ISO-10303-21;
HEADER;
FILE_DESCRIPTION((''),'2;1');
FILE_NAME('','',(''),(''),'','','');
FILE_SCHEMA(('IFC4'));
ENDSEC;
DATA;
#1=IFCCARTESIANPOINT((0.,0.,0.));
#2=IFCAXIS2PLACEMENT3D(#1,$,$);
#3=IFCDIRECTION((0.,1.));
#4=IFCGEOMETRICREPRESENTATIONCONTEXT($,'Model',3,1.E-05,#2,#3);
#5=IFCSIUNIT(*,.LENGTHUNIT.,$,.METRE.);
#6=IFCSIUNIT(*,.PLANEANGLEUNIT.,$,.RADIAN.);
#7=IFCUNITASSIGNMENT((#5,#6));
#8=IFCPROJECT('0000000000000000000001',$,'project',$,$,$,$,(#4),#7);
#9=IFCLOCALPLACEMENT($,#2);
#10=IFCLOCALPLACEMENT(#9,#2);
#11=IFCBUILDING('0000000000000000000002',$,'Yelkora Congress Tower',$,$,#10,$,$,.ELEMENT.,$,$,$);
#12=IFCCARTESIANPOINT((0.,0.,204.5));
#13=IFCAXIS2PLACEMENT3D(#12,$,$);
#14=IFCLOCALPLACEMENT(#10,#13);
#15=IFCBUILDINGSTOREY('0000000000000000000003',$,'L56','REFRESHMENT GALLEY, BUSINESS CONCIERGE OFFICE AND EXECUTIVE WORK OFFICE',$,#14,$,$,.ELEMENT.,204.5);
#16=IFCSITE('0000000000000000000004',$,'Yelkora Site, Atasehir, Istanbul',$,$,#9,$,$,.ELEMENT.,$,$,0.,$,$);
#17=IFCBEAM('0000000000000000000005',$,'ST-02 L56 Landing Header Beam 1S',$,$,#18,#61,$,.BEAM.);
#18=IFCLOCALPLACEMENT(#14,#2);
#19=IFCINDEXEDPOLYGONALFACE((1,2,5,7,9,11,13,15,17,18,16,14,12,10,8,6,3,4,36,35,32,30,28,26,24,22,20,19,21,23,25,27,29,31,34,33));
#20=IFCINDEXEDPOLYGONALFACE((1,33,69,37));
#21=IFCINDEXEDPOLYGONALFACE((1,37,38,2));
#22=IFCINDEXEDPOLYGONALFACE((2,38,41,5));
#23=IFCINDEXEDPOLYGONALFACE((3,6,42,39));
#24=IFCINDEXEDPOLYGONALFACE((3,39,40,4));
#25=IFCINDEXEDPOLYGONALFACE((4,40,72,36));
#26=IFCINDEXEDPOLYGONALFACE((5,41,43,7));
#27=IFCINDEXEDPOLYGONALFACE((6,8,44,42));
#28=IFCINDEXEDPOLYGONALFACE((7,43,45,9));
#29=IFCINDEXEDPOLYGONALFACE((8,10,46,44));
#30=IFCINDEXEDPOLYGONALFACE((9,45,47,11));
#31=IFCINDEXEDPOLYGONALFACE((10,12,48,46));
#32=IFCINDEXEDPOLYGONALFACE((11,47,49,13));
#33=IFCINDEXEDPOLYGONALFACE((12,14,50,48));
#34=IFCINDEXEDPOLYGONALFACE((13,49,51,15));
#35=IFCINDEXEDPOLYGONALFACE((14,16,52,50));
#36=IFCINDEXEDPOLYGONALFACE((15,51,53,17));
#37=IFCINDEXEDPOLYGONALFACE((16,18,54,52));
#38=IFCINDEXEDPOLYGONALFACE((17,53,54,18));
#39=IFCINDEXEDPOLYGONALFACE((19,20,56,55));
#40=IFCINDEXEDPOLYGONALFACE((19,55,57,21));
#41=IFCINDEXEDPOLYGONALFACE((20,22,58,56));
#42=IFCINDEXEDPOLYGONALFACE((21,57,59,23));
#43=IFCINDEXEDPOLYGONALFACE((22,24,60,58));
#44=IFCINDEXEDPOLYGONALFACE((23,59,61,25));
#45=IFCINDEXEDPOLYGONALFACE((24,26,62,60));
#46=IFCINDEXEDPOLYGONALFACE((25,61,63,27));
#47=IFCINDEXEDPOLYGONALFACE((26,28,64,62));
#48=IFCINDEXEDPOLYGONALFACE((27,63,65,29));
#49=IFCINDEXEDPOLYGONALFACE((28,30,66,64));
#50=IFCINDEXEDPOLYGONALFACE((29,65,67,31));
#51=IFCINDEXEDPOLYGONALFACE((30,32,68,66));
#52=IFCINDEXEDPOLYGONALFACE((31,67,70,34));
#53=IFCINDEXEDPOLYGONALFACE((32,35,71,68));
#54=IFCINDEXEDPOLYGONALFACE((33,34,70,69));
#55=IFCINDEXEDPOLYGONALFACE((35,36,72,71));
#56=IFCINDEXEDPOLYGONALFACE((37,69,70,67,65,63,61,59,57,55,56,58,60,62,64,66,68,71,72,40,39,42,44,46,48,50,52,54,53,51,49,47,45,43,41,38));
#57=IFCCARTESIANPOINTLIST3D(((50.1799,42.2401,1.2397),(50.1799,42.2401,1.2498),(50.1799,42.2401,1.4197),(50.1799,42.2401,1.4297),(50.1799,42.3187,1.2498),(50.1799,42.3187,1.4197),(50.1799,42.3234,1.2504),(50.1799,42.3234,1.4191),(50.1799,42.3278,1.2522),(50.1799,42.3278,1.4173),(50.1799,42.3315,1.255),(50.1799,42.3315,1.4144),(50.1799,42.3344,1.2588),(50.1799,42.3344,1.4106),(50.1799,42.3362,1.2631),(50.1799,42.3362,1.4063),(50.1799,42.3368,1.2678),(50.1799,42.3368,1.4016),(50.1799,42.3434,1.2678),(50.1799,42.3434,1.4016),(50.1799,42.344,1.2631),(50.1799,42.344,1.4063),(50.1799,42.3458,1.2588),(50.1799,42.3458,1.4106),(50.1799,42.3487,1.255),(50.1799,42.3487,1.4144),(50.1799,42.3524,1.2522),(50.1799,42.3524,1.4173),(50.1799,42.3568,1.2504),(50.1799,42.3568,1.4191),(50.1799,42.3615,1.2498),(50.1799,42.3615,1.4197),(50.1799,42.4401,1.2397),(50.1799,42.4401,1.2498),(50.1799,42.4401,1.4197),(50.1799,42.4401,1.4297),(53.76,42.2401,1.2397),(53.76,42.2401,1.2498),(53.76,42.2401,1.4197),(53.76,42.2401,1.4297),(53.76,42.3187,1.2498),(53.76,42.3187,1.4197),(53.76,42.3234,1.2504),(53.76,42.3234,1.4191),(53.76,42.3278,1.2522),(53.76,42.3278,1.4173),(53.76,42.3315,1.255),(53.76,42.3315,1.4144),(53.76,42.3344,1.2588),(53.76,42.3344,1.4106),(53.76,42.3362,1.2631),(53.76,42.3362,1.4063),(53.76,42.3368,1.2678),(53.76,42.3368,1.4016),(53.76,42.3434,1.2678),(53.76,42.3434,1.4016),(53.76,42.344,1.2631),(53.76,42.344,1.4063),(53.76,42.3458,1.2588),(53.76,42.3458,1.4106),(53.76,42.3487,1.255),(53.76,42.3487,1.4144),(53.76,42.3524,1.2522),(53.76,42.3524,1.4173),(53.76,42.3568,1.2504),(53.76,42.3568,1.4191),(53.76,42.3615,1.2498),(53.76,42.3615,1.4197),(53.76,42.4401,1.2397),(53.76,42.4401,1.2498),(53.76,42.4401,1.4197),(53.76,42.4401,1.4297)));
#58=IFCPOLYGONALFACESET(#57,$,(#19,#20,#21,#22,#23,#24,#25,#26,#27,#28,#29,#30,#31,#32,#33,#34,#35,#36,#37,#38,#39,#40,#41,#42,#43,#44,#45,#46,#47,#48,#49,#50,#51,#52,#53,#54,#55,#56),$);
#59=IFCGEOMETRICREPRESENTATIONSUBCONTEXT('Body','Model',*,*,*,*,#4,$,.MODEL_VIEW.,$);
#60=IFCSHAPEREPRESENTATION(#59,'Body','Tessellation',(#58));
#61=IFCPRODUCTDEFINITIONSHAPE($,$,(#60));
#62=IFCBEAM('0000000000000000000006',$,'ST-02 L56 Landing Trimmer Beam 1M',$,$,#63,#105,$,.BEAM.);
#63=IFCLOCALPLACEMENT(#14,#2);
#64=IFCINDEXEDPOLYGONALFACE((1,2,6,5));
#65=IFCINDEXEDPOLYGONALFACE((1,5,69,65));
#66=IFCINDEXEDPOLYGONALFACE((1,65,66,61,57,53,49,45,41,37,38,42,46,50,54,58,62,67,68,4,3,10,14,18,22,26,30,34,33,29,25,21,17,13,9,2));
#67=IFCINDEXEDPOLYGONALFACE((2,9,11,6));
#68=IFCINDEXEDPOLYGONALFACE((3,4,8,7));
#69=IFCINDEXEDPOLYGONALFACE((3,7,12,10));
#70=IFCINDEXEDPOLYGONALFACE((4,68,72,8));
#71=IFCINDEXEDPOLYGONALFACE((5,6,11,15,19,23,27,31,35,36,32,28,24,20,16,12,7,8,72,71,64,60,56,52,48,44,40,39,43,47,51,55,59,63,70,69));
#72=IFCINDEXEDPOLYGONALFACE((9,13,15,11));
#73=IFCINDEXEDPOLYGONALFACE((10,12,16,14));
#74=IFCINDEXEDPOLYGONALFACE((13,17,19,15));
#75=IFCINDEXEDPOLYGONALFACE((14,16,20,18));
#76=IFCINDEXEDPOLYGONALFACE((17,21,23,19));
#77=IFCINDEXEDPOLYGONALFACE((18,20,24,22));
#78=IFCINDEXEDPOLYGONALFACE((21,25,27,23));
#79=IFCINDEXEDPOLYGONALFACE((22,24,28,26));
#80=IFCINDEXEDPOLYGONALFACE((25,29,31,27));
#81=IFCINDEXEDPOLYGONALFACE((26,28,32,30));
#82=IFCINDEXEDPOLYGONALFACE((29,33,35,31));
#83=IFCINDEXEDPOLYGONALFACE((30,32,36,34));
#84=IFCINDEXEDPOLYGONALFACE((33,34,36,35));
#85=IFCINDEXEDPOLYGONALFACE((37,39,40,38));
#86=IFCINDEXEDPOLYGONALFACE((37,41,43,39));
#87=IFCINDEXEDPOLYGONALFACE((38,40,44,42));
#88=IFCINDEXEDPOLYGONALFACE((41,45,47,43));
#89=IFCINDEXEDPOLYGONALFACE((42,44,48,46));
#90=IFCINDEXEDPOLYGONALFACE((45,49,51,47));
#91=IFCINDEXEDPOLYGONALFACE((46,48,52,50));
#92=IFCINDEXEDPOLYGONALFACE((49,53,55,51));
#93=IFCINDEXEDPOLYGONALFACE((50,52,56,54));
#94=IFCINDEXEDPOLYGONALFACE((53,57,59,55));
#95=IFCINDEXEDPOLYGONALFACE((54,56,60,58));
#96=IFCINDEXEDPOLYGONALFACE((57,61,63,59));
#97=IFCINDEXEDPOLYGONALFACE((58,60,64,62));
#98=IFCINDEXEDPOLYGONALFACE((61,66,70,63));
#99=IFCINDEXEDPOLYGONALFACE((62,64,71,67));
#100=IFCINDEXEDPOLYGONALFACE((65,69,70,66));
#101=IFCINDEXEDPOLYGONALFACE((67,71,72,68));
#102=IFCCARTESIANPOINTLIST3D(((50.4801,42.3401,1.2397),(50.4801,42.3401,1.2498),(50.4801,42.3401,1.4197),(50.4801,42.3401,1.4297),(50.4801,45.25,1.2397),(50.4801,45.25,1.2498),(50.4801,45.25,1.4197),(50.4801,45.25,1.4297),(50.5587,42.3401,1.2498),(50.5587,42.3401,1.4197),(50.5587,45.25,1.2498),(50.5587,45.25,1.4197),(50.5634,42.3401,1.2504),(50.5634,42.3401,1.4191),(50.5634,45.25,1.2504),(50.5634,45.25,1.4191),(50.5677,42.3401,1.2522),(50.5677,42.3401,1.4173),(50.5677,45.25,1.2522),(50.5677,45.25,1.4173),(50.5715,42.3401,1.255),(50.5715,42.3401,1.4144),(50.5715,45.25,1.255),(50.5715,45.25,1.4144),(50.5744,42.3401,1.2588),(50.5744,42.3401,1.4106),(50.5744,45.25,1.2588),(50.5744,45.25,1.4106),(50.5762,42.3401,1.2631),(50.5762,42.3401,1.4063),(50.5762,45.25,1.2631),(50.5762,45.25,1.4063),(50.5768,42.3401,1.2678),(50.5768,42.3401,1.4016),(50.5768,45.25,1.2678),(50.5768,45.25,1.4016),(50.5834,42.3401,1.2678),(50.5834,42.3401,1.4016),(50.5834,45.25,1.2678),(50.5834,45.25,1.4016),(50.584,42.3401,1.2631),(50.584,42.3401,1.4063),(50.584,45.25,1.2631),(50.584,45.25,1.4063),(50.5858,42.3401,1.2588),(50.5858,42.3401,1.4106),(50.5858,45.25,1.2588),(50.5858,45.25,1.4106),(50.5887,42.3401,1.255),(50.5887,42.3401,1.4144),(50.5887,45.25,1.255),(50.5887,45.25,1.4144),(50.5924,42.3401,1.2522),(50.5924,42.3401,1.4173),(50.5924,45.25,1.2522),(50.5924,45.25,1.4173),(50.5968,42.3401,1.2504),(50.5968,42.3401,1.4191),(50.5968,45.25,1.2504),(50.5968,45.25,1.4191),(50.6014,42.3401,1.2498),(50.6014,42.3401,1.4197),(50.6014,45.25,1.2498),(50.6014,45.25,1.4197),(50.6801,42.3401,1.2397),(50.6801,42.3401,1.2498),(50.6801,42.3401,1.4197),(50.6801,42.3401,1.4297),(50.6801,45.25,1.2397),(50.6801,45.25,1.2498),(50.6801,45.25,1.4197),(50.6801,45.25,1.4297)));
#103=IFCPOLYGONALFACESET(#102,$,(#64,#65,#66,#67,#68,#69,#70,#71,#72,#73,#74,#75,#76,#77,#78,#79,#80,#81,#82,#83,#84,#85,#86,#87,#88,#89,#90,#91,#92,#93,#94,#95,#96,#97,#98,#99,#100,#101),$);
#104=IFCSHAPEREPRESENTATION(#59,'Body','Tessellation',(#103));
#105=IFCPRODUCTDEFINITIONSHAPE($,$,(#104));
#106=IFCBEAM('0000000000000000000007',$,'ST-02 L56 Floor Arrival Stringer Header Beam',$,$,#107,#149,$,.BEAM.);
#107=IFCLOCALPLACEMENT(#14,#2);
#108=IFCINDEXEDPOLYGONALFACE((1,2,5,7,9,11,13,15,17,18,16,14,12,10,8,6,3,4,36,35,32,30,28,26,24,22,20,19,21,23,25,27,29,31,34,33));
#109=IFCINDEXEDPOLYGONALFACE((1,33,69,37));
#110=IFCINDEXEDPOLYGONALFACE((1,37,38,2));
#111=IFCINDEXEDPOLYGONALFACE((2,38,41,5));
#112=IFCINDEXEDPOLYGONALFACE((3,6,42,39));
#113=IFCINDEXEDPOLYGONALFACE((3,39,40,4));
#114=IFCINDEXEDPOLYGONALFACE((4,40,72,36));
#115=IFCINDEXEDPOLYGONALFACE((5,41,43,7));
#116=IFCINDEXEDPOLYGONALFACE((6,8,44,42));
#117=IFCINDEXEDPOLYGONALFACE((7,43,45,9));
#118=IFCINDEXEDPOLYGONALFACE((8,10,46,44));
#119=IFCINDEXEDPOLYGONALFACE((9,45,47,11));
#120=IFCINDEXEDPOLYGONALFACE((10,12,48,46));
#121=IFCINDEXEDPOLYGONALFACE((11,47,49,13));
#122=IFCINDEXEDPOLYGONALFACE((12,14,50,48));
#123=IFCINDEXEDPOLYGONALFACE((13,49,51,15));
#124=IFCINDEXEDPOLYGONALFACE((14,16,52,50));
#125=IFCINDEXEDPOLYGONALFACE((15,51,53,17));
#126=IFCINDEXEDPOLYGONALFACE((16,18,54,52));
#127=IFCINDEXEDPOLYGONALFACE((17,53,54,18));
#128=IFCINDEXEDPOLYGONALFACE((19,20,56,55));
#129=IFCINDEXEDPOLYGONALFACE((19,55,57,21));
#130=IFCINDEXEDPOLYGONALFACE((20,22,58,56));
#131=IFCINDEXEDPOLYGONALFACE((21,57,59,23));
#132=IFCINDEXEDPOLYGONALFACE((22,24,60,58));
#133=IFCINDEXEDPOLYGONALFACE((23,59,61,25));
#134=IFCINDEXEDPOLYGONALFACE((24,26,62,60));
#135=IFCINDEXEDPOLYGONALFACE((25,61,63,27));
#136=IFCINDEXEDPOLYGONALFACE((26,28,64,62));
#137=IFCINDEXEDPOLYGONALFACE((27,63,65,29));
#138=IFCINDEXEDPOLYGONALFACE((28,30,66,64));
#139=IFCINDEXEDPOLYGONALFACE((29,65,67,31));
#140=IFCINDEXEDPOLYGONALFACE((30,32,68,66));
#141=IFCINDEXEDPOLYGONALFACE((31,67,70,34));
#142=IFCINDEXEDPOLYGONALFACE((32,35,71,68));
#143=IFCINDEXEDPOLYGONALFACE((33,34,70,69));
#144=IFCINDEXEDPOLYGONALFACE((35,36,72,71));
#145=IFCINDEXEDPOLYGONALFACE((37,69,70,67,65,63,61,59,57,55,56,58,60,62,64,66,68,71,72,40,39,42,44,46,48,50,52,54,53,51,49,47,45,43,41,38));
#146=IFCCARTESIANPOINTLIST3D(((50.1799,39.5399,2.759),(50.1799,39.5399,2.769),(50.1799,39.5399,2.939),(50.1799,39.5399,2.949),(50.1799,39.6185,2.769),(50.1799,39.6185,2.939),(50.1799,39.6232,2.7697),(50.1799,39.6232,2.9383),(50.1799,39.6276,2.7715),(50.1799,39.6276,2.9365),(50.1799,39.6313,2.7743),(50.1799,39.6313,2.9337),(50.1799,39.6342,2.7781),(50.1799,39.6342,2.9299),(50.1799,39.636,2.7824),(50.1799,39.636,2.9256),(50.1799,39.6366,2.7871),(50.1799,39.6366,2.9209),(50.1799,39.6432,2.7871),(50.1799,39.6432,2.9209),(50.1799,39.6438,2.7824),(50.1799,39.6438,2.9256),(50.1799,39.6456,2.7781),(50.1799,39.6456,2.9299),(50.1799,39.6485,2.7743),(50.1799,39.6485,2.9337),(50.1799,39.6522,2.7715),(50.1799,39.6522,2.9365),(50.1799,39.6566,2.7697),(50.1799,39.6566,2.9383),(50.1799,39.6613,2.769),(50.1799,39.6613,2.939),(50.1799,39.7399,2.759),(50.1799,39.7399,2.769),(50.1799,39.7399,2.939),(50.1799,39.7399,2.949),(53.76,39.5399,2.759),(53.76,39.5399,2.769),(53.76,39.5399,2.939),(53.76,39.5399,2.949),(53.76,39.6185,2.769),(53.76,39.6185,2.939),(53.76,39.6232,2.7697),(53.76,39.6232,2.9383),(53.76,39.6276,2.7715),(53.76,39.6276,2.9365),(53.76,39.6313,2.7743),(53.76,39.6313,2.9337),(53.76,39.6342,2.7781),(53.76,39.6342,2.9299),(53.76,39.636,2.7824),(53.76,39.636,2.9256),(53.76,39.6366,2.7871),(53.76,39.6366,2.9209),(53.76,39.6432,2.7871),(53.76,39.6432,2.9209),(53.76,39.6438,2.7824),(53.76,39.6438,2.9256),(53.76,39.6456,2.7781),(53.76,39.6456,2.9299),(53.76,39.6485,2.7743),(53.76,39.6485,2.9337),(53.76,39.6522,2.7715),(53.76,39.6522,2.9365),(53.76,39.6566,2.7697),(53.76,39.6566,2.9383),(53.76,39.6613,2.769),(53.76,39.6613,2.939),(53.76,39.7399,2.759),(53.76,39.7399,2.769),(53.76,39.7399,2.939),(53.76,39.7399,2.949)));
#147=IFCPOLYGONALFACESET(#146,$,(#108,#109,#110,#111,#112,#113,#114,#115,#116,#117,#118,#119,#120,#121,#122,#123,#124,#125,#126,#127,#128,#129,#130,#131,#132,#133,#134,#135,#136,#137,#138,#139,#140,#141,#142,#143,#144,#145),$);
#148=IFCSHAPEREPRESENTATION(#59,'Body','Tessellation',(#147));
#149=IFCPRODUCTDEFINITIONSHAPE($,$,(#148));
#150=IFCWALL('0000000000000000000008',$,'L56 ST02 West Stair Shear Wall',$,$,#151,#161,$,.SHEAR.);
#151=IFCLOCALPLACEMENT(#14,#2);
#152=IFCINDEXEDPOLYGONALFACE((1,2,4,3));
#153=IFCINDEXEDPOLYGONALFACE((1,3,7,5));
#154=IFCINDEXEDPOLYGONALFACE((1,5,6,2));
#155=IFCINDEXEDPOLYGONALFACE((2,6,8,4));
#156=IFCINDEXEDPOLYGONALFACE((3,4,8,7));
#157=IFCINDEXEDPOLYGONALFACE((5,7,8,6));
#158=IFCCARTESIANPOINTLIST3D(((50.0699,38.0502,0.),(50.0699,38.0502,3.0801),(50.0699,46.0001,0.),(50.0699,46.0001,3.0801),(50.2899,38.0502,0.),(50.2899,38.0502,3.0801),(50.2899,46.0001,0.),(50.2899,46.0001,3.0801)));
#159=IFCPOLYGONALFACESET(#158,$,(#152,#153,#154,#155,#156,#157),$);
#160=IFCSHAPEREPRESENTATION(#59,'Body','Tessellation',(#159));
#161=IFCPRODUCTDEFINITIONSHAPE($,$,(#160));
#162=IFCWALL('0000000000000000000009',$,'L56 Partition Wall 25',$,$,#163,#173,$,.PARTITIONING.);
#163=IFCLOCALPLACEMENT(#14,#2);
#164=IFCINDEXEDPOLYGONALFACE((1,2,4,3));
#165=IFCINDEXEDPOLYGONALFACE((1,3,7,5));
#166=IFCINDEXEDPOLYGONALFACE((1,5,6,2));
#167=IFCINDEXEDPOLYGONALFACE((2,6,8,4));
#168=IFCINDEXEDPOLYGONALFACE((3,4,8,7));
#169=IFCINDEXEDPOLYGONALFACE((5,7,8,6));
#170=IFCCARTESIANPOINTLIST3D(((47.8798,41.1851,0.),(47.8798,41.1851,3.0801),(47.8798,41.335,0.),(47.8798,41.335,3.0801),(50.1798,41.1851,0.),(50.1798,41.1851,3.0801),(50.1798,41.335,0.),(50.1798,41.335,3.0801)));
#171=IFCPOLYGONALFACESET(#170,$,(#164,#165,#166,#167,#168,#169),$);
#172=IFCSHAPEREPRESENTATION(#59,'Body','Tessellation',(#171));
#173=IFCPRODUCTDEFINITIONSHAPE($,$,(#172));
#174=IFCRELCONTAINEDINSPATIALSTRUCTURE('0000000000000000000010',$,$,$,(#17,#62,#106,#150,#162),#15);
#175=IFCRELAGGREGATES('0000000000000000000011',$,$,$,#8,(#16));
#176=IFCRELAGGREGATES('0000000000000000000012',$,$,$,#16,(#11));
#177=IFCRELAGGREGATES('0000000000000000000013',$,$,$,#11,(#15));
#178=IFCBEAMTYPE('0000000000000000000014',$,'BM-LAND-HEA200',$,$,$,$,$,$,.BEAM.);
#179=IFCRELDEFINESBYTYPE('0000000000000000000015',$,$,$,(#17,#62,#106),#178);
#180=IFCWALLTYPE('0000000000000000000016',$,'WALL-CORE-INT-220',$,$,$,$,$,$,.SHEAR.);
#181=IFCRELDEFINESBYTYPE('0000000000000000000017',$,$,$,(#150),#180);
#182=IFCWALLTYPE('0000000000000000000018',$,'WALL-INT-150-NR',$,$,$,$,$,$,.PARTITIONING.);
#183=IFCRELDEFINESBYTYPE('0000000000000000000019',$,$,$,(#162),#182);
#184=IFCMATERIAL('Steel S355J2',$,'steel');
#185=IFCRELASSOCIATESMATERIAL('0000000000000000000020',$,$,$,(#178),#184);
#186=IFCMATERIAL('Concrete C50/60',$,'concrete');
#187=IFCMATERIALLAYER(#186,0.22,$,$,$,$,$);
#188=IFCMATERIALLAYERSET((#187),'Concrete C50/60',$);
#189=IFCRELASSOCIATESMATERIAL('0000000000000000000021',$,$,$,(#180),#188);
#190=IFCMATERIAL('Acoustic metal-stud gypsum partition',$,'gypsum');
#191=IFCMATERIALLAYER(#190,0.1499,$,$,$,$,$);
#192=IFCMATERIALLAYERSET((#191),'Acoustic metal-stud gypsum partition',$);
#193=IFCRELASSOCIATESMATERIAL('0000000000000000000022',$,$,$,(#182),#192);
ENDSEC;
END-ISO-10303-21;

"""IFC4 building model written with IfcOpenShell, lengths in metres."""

from ifc_helpers import new_model, si_unit, direction, frame, frame_2d, origin, origin_2d, place, context, subcontext, project, spatial, rectangle, i_section, extrude, material, layer, layer_set, material_profile, profile_set, type_object, element, save


model = new_model("IFC4")

# Units and contexts
model_context = context("Model", 3, precision=1e-05, world=origin(), true_north=direction((0.0, 1.0)))
body_context = subcontext(model_context, "Body", "Model", "MODEL_VIEW")
ifc_project = project(units=[si_unit("LENGTHUNIT", "METRE"), si_unit("PLANEANGLEUNIT", "RADIAN")], contexts=[model_context])

# Site, building, storey
site_placement = place(None, origin())
site = spatial("IfcSite", under=ifc_project, at=site_placement, Name="Yelkora Site, Atasehir, Istanbul", CompositionType="ELEMENT", RefElevation=0.0)
building_placement = place(site_placement, origin())
building = spatial("IfcBuilding", under=site, at=building_placement, Name="Yelkora Congress Tower", CompositionType="ELEMENT")
storey_placement = place(building_placement, frame((0.0, 0.0, 204.5)))
storey = spatial("IfcBuildingStorey", under=building, at=storey_placement, Name="L56", Description="REFRESHMENT GALLEY, BUSINESS CONCIERGE OFFICE AND EXECUTIVE WORK OFFICE", CompositionType="ELEMENT", Elevation=204.5)

# Beams
ifc_material_1 = material(Name="Steel S355J2", Category="steel")
ifc_material_profile = material_profile(ifc_material_1, i_section(OverallWidth=0.2, OverallDepth=0.1899, WebThickness=0.0066, FlangeThickness=0.01, FilletRadius=0.0181, at=origin_2d()), Name="HEA 200")
ifc_profile_set = profile_set([ifc_material_profile], Name="Steel S355J2")
beam_type = type_object("IfcBeamType", Name="BM-LAND-HEA200", PredefinedType="BEAM", material=ifc_profile_set)
beam_1_placement = place(storey_placement, frame((50.1799, 42.3401, 1.3347), z_axis=(1.0, 0.0, 0.0), x_axis=(0.0, 1.0, 0.0)))
element("IfcBeam", 1, at=beam_1_placement, inside=storey, type_object=beam_type, Name="ST-02 L56 Landing Header Beam 1S", PredefinedType="BEAM", context=body_context, shape_type="SweptSolid", body=[
    extrude(i_section(OverallWidth=0.2, OverallDepth=0.1899, WebThickness=0.0066, FlangeThickness=0.01, FilletRadius=0.0181, at=origin_2d()), origin(), (0.0, 0.0, 1.0), 3.5801),
])
beam_2_placement = place(storey_placement, frame((50.5801, 42.3401, 1.3347), z_axis=(0.0, 1.0, 0.0), x_axis=(-1.0, 0.0, 0.0)))
element("IfcBeam", 2, at=beam_2_placement, inside=storey, type_object=beam_type, Name="ST-02 L56 Landing Trimmer Beam 1M", PredefinedType="BEAM", context=body_context, shape_type="SweptSolid", body=[
    extrude(i_section(OverallWidth=0.2, OverallDepth=0.1899, WebThickness=0.0066, FlangeThickness=0.01, FilletRadius=0.0181, at=origin_2d()), origin(), (0.0, 0.0, 1.0), 2.9099),
])
beam_3_placement = place(storey_placement, frame((50.1799, 39.6399, 2.854), z_axis=(1.0, 0.0, 0.0), x_axis=(0.0, 1.0, 0.0)))
element("IfcBeam", 3, at=beam_3_placement, inside=storey, type_object=beam_type, Name="ST-02 L56 Floor Arrival Stringer Header Beam", PredefinedType="BEAM", context=body_context, shape_type="SweptSolid", body=[
    extrude(i_section(OverallWidth=0.2, OverallDepth=0.1899, WebThickness=0.0066, FlangeThickness=0.01, FilletRadius=0.0181, at=origin_2d()), origin(), (0.0, 0.0, 1.0), 3.5801),
])

# Walls
ifc_material_2 = material(Name="Concrete C50/60", Category="concrete")
ifc_layer_1 = layer(ifc_material_2, 0.22)
ifc_layer_set_1 = layer_set([ifc_layer_1], Name="Concrete C50/60")
wall_type_1 = type_object("IfcWallType", Name="WALL-CORE-INT-220", PredefinedType="SHEAR", material=ifc_layer_set_1)
wall_1_placement = place(storey_placement, frame((50.1799, 38.05, 0.0), z_axis=(0.0, 0.0, 1.0), x_axis=(0.0, 1.0, 0.0)))
element("IfcWall", 4, at=wall_1_placement, inside=storey, type_object=wall_type_1, Name="L56 ST02 West Stair Shear Wall", PredefinedType="SHEAR", context=body_context, shape_type="SweptSolid", body=[
    extrude(rectangle(XDim=7.95, YDim=0.22, at=frame_2d((3.9751, 0.0))), origin(), (0.0, 0.0, 1.0), 3.0801),
])
ifc_material_3 = material(Name="Acoustic metal-stud gypsum partition", Category="gypsum")
ifc_layer_2 = layer(ifc_material_3, 0.1499)
ifc_layer_set_2 = layer_set([ifc_layer_2], Name="Acoustic metal-stud gypsum partition")
wall_type_2 = type_object("IfcWallType", Name="WALL-INT-150-NR", PredefinedType="PARTITIONING", material=ifc_layer_set_2)
wall_2_placement = place(storey_placement, frame((47.8799, 41.26, 0.0), z_axis=(0.0, 0.0, 1.0), x_axis=(1.0, 0.0, 0.0)))
element("IfcWall", 5, at=wall_2_placement, inside=storey, type_object=wall_type_2, Name="L56 Partition Wall 25", PredefinedType="PARTITIONING", context=body_context, shape_type="SweptSolid", body=[
    extrude(rectangle(XDim=2.3, YDim=0.1499, at=frame_2d((1.1499, 0.0))), origin(), (0.0, 0.0, 1.0), 3.0801),
])

save(model, "model.ifc")
